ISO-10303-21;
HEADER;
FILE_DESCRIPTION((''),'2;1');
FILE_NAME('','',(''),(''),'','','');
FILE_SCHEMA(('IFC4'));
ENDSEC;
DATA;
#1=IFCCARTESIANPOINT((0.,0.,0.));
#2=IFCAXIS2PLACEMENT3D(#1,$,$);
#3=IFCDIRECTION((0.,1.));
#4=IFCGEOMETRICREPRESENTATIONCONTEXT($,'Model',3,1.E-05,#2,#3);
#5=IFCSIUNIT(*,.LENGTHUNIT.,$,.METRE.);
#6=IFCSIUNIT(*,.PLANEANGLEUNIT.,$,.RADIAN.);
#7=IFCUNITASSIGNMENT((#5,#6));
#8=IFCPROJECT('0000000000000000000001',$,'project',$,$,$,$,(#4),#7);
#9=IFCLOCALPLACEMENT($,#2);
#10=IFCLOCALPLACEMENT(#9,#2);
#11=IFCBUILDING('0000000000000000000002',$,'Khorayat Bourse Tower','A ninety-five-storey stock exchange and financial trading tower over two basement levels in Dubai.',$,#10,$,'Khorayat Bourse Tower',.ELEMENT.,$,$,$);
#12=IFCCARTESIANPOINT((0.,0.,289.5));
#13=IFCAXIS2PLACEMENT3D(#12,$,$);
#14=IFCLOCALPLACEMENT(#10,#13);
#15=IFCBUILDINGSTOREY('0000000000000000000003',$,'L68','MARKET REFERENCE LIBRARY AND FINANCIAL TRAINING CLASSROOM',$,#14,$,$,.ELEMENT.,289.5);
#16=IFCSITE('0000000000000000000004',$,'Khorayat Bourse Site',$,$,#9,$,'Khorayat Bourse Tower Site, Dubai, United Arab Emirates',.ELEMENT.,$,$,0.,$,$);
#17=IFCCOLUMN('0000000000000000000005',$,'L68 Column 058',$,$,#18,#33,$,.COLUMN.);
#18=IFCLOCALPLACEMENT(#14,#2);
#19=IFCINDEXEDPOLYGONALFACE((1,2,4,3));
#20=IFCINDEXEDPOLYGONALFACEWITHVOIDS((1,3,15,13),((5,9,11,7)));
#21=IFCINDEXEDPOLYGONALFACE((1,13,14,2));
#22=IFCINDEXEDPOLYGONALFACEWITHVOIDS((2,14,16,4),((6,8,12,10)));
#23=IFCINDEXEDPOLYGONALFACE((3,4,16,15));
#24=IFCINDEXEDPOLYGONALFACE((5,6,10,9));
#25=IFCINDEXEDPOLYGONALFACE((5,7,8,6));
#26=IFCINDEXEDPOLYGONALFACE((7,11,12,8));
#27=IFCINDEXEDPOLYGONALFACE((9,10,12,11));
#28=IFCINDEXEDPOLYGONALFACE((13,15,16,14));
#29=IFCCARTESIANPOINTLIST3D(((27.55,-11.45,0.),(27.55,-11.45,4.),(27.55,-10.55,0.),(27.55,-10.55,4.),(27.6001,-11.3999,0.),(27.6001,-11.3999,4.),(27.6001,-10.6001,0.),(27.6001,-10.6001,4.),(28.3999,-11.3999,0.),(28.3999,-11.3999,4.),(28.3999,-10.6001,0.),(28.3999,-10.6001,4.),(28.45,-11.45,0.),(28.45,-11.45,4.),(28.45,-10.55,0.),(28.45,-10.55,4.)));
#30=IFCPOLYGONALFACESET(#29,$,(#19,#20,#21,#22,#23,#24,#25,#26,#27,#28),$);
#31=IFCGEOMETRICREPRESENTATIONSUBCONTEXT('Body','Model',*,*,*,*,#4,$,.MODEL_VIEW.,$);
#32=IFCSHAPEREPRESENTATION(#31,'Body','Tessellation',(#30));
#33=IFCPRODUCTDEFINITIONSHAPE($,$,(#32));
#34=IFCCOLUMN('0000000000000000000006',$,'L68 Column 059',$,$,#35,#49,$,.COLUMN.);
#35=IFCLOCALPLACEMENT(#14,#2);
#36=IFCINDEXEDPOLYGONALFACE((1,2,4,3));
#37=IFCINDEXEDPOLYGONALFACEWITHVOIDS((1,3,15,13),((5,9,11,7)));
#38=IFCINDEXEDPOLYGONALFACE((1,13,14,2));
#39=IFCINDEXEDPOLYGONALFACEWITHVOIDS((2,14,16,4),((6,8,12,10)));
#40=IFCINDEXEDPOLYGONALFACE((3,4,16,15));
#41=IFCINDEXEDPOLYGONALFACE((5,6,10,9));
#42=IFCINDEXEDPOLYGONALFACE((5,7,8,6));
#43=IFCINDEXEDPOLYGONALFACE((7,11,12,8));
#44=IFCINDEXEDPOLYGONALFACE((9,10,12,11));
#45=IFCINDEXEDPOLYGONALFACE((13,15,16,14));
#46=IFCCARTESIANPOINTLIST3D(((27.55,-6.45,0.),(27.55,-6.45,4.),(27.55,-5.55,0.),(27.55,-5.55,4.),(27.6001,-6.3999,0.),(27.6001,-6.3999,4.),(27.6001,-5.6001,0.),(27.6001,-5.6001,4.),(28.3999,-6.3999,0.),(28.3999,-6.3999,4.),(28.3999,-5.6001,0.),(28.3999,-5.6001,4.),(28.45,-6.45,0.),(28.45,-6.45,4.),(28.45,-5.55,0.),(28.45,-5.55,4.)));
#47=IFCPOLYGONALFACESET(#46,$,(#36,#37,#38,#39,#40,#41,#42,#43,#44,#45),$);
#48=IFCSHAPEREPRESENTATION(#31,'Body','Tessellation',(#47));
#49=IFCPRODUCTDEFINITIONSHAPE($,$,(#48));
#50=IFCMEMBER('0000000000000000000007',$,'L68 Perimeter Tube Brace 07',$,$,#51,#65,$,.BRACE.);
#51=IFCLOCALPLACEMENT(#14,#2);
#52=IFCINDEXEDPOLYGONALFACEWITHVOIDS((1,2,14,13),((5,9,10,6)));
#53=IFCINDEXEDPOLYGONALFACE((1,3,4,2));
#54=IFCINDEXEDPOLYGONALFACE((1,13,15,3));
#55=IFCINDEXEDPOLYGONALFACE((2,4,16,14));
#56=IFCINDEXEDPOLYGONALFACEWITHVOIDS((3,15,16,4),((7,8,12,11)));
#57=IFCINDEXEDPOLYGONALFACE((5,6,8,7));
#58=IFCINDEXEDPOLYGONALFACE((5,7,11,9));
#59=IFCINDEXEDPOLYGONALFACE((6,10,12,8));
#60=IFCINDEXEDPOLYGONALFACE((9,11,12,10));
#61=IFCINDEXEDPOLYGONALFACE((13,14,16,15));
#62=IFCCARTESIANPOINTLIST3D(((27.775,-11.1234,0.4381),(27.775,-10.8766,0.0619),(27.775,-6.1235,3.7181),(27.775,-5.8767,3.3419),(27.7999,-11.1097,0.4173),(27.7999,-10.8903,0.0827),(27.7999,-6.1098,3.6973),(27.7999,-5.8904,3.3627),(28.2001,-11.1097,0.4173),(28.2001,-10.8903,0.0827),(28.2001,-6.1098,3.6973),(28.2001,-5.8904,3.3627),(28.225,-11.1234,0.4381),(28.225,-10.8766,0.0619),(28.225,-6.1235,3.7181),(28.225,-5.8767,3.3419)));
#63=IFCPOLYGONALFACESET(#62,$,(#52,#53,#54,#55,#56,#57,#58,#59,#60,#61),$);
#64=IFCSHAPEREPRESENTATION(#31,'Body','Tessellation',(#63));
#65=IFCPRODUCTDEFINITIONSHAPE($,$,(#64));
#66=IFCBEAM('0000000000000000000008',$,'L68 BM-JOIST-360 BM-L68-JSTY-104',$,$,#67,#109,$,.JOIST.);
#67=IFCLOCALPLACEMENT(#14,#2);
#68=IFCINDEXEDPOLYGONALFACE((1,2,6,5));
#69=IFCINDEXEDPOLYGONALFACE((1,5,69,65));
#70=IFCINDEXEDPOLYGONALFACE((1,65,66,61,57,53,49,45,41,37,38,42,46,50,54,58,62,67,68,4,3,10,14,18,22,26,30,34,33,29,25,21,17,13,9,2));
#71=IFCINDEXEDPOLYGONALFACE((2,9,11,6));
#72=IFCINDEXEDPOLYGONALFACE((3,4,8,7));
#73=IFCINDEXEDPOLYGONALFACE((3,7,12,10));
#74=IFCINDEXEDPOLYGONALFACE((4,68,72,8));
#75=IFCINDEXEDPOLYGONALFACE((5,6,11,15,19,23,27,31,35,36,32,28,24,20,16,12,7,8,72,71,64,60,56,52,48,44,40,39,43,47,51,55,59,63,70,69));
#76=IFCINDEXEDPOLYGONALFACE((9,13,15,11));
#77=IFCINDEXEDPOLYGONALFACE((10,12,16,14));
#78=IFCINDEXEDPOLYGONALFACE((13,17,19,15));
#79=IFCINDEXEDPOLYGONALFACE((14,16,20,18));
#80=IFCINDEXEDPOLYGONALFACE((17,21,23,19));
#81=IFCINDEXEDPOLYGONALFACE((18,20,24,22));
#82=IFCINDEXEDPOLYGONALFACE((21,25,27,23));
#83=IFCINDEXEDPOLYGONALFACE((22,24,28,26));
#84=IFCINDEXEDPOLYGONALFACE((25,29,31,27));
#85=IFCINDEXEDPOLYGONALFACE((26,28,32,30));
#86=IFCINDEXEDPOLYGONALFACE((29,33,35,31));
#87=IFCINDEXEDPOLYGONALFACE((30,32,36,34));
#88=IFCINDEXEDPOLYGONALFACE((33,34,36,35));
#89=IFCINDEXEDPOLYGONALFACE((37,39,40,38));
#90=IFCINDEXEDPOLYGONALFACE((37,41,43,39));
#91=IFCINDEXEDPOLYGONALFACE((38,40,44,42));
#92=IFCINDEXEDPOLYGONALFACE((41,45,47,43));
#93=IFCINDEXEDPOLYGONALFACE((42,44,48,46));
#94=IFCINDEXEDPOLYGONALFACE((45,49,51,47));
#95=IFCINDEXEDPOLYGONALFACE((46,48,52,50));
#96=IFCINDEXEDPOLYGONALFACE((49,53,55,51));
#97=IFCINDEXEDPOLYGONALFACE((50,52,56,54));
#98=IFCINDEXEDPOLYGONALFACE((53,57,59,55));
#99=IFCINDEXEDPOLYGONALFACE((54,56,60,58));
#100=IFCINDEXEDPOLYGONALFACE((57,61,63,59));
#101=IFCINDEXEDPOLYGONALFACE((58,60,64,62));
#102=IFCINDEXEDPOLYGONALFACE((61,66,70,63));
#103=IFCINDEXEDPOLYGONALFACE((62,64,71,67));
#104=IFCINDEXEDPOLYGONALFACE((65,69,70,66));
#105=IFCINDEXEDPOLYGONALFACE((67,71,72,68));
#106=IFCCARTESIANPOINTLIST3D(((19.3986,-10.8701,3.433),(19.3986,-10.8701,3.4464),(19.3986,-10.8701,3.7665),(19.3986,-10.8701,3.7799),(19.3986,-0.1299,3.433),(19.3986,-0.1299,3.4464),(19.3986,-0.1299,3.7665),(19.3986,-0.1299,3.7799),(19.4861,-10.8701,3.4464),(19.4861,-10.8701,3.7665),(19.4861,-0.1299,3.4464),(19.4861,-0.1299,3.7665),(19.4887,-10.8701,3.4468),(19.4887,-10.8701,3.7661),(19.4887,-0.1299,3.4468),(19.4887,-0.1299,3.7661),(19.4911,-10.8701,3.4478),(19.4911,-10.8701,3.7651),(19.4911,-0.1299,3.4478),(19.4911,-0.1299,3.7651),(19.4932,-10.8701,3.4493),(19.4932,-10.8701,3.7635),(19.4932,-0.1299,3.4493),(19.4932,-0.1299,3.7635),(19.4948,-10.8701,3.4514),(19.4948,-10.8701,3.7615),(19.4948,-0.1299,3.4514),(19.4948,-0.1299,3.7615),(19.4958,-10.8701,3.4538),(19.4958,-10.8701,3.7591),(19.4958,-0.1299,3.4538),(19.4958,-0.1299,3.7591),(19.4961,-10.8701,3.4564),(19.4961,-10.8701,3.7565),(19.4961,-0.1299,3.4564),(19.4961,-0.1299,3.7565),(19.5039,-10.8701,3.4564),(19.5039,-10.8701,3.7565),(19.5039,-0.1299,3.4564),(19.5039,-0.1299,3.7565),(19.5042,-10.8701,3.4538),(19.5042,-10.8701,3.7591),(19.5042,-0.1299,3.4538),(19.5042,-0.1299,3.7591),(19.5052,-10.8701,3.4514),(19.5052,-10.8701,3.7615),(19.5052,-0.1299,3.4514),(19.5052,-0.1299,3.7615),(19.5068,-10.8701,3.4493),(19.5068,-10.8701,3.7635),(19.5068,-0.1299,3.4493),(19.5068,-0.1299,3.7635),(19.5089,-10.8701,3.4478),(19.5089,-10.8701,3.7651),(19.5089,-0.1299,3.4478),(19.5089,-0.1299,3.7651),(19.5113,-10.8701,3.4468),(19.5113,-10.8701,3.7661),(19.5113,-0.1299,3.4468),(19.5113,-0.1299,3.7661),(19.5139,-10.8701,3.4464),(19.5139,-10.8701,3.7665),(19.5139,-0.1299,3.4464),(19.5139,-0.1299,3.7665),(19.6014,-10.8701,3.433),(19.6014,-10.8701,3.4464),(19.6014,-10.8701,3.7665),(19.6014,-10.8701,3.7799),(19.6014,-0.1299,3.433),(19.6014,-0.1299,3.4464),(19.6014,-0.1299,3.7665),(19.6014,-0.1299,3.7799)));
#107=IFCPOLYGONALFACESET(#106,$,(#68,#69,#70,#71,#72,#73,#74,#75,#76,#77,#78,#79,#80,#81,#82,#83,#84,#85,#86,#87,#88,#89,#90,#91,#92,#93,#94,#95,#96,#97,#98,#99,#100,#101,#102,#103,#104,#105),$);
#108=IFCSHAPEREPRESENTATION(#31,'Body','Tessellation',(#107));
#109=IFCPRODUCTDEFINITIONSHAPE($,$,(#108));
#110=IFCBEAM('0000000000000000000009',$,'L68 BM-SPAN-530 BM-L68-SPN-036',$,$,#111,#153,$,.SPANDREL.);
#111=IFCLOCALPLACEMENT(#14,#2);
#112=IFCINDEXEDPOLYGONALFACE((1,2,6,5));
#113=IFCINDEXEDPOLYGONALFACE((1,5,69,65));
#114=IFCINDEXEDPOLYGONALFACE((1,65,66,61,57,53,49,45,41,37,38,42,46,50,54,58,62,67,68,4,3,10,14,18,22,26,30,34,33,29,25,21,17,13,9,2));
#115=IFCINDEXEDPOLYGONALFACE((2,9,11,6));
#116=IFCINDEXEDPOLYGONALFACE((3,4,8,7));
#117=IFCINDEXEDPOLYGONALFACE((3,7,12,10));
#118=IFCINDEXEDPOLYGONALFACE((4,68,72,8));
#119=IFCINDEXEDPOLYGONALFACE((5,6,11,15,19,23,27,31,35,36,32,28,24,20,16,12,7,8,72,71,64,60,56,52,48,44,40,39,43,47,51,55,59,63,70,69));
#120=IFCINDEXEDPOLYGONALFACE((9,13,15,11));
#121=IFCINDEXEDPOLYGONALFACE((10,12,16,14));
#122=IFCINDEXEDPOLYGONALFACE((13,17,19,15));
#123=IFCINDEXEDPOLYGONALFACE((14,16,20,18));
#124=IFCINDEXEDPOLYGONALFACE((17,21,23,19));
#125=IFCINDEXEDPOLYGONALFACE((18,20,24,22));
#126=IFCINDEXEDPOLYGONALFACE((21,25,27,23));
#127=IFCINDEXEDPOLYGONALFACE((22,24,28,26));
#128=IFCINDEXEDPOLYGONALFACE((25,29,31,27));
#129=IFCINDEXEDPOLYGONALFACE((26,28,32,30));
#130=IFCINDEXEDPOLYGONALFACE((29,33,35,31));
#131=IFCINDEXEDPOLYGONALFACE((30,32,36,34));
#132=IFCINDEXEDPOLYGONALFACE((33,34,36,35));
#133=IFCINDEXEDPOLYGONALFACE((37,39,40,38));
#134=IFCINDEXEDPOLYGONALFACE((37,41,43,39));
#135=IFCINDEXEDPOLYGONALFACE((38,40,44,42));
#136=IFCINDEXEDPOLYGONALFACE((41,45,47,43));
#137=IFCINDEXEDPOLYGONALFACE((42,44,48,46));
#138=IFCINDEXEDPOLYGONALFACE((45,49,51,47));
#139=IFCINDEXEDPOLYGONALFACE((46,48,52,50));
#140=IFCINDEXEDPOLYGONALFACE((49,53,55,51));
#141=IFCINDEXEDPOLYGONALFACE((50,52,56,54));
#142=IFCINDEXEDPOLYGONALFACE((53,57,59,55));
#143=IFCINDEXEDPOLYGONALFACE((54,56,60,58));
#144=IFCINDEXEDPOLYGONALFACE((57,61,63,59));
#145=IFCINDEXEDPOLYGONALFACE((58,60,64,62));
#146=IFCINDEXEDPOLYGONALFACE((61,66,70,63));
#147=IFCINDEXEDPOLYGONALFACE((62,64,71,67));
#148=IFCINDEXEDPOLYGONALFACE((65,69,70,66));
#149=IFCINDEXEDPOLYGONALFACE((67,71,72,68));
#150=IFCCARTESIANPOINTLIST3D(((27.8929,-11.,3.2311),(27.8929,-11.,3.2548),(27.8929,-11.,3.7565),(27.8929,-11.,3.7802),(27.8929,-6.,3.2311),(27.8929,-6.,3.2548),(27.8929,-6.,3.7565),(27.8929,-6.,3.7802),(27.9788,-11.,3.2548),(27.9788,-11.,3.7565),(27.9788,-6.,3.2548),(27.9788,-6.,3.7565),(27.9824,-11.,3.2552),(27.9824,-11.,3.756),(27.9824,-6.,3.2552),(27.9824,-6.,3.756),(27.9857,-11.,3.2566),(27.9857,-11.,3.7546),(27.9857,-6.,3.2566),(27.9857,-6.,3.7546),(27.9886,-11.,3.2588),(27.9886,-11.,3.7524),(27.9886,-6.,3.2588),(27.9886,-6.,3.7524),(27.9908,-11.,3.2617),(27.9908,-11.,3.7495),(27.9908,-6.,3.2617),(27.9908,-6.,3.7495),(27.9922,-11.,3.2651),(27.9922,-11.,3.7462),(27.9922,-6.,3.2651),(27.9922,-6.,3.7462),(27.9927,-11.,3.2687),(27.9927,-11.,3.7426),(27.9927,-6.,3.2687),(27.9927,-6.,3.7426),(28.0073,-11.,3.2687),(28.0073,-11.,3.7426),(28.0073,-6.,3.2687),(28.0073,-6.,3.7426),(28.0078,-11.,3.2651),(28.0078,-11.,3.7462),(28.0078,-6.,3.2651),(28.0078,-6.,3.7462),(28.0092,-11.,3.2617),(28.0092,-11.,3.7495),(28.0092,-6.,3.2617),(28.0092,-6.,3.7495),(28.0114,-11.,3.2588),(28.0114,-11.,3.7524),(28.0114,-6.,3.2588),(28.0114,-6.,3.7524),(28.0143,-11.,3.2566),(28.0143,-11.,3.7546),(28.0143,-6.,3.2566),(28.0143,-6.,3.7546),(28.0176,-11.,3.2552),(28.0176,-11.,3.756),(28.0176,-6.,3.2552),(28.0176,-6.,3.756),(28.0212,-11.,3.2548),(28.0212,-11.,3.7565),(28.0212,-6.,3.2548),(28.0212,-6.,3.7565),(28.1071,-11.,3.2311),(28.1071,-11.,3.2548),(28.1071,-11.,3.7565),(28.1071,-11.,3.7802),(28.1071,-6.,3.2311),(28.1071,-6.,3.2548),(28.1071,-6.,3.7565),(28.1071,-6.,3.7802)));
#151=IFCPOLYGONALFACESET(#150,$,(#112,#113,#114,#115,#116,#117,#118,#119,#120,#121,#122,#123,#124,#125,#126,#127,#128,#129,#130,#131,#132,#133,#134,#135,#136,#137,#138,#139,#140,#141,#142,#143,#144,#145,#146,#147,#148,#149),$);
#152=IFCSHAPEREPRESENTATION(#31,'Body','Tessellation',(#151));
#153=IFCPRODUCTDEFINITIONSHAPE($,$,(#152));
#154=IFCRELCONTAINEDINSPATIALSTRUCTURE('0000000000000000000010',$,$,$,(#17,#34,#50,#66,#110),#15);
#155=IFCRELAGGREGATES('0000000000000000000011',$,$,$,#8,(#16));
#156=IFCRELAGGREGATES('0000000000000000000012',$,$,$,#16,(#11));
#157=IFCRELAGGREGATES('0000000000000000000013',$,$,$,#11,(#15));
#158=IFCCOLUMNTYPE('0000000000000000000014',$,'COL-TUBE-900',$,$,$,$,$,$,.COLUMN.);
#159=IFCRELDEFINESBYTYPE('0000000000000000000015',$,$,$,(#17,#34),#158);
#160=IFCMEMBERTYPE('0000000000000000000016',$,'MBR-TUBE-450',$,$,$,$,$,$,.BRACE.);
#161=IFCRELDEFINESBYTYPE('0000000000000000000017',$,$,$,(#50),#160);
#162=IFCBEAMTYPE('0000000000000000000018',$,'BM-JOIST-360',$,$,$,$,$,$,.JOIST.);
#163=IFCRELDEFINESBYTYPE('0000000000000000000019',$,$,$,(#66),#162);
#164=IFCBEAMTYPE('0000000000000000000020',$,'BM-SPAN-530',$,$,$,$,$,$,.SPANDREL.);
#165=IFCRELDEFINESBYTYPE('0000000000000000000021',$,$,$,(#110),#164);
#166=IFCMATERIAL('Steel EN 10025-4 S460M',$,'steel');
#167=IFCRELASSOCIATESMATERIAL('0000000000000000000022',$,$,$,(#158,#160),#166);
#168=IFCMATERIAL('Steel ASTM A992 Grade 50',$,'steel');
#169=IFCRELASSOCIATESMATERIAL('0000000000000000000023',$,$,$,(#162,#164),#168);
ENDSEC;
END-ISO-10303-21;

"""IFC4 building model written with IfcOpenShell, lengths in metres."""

from ifc_helpers import new_model, si_unit, direction, frame, origin, origin_2d, place, context, subcontext, project, spatial, hollow_rectangle, i_section, extrude, source, transform, mapped, material, material_profile, profile_set, type_object, element, save


model = new_model("IFC4")

# Units and contexts
model_context = context("Model", 3, precision=1e-05, world=origin(), true_north=direction((0.0, 1.0)))
body_context = subcontext(model_context, "Body", "Model", "MODEL_VIEW")
ifc_project = project(units=[si_unit("LENGTHUNIT", "METRE"), si_unit("PLANEANGLEUNIT", "RADIAN")], contexts=[model_context])

# Site, building, storey
site_placement = place(None, origin())
site = spatial("IfcSite", under=ifc_project, at=site_placement, Name="Khorayat Bourse Site", LongName="Khorayat Bourse Tower Site, Dubai, United Arab Emirates", CompositionType="ELEMENT", RefElevation=0.0)
building_placement = place(site_placement, origin())
building = spatial("IfcBuilding", under=site, at=building_placement, Name="Khorayat Bourse Tower", Description="A ninety-five-storey stock exchange and financial trading tower over two basement levels in Dubai.", LongName="Khorayat Bourse Tower", CompositionType="ELEMENT")
storey_placement = place(building_placement, frame((0.0, 0.0, 289.5)))
storey = spatial("IfcBuildingStorey", under=building, at=storey_placement, Name="L68", Description="MARKET REFERENCE LIBRARY AND FINANCIAL TRAINING CLASSROOM", CompositionType="ELEMENT", Elevation=289.5)

# Columns
ifc_material_1 = material(Name="Steel EN 10025-4 S460M", Category="steel")
ifc_material_profile_1 = material_profile(ifc_material_1, hollow_rectangle(XDim=0.8999, YDim=0.8999, WallThickness=0.05, at=origin_2d()), Name="BOX 900x900x50")
ifc_profile_set_1 = profile_set([ifc_material_profile_1], Name="Steel EN 10025-4 S460M")
column_type = type_object("IfcColumnType", Name="COL-TUBE-900", PredefinedType="COLUMN", material=ifc_profile_set_1)
shared_shape_1 = source(origin(), body_context, "Body", "SweptSolid", [
    extrude(hollow_rectangle(XDim=0.8999, YDim=0.8999, WallThickness=0.05, at=origin_2d()), origin(), (0.0, 0.0, 1.0), 4.0),
])
for number, where, z_axis, x_axis, name in (
    (1, (28.0, -11.0, 0.0), (0.0, 0.0, 1.0), (1.0, 0.0, 0.0), "L68 Column 058"),
    (2, (28.0, -6.0, 0.0), (0.0, 0.0, 1.0), (1.0, 0.0, 0.0), "L68 Column 059"),
):
    element("IfcColumn", number, at=place(storey_placement, frame(where, z_axis=z_axis, x_axis=x_axis)), inside=storey, type_object=column_type, Name=name, PredefinedType="COLUMN", context=body_context, shape_type="MappedRepresentation", body=[
        mapped(shared_shape_1, transform((0.0, 0.0, 0.0), scale=1.0)),
    ])

# Member
ifc_material_profile_2 = material_profile(ifc_material_1, hollow_rectangle(XDim=0.45, YDim=0.45, WallThickness=0.0249, at=origin_2d()), Name="HSS 450x450x25")
ifc_profile_set_2 = profile_set([ifc_material_profile_2], Name="Steel EN 10025-4 S460M")
member_type_1 = type_object("IfcMemberType", Name="MBR-TUBE-450", PredefinedType="BRACE", material=ifc_profile_set_2)
shared_shape_2 = source(origin(), body_context, "Body", "SweptSolid", [
    extrude(hollow_rectangle(XDim=0.45, YDim=0.45, WallThickness=0.0249, at=origin_2d()), origin(), (0.0, 0.0, 1.0), 5.9797),
])
member_1_placement = place(storey_placement, frame((28.0, -11.0, 0.25), z_axis=(0.0, 0.836142, 0.548514), x_axis=(-1.0, 0.0, 0.0)))
element("IfcMember", 3, at=member_1_placement, inside=storey, type_object=member_type_1, Name="L68 Perimeter Tube Brace 07", PredefinedType="BRACE", context=body_context, shape_type="MappedRepresentation", body=[
    mapped(shared_shape_2, transform((0.0, 0.0, 0.0), scale=1.0)),
])

# Beams
ifc_material_2 = material(Name="Steel ASTM A992 Grade 50", Category="steel")
ifc_material_profile_3 = material_profile(ifc_material_2, i_section(OverallWidth=0.2029, OverallDepth=0.3469, WebThickness=0.0078, FlangeThickness=0.0134, FilletRadius=0.01, at=origin_2d()), Name="W360X64")
ifc_profile_set_3 = profile_set([ifc_material_profile_3], Name="Steel ASTM A992 Grade 50")
beam_type_1 = type_object("IfcBeamType", Name="BM-JOIST-360", PredefinedType="JOIST", material=ifc_profile_set_3)
shared_shape_3 = source(origin(), body_context, "Body", "SweptSolid", [
    extrude(i_section(OverallWidth=0.2029, OverallDepth=0.3469, WebThickness=0.0078, FlangeThickness=0.0134, FilletRadius=0.01, at=origin_2d()), origin(), (0.0, 0.0, 1.0), 10.7402),
])
beam_1_placement = place(storey_placement, frame((19.5, -10.8701, 3.6064), z_axis=(0.0, 1.0, 0.0), x_axis=(-1.0, 0.0, 0.0)))
element("IfcBeam", 4, at=beam_1_placement, inside=storey, type_object=beam_type_1, Name="L68 BM-JOIST-360 BM-L68-JSTY-104", PredefinedType="JOIST", context=body_context, shape_type="MappedRepresentation", body=[
    mapped(shared_shape_3, transform((0.0, 0.0, 0.0), scale=1.0)),
])
ifc_material_profile_4 = material_profile(ifc_material_2, i_section(OverallWidth=0.2141, OverallDepth=0.5491, WebThickness=0.0146, FlangeThickness=0.0237, FilletRadius=0.0139, at=origin_2d()), Name="W530X138")
ifc_profile_set_4 = profile_set([ifc_material_profile_4], Name="Steel ASTM A992 Grade 50")
beam_type_2 = type_object("IfcBeamType", Name="BM-SPAN-530", PredefinedType="SPANDREL", material=ifc_profile_set_4)
shared_shape_4 = source(origin(), body_context, "Body", "SweptSolid", [
    extrude(i_section(OverallWidth=0.2141, OverallDepth=0.5491, WebThickness=0.0146, FlangeThickness=0.0237, FilletRadius=0.0139, at=origin_2d()), origin(), (0.0, 0.0, 1.0), 5.0),
])
beam_2_placement = place(storey_placement, frame((28.0, -11.0, 3.5056), z_axis=(0.0, 1.0, 0.0), x_axis=(-1.0, 0.0, 0.0)))
element("IfcBeam", 5, at=beam_2_placement, inside=storey, type_object=beam_type_2, Name="L68 BM-SPAN-530 BM-L68-SPN-036", PredefinedType="SPANDREL", context=body_context, shape_type="MappedRepresentation", body=[
    mapped(shared_shape_4, transform((0.0, 0.0, 0.0), scale=1.0)),
])

save(model, "model.ifc")
